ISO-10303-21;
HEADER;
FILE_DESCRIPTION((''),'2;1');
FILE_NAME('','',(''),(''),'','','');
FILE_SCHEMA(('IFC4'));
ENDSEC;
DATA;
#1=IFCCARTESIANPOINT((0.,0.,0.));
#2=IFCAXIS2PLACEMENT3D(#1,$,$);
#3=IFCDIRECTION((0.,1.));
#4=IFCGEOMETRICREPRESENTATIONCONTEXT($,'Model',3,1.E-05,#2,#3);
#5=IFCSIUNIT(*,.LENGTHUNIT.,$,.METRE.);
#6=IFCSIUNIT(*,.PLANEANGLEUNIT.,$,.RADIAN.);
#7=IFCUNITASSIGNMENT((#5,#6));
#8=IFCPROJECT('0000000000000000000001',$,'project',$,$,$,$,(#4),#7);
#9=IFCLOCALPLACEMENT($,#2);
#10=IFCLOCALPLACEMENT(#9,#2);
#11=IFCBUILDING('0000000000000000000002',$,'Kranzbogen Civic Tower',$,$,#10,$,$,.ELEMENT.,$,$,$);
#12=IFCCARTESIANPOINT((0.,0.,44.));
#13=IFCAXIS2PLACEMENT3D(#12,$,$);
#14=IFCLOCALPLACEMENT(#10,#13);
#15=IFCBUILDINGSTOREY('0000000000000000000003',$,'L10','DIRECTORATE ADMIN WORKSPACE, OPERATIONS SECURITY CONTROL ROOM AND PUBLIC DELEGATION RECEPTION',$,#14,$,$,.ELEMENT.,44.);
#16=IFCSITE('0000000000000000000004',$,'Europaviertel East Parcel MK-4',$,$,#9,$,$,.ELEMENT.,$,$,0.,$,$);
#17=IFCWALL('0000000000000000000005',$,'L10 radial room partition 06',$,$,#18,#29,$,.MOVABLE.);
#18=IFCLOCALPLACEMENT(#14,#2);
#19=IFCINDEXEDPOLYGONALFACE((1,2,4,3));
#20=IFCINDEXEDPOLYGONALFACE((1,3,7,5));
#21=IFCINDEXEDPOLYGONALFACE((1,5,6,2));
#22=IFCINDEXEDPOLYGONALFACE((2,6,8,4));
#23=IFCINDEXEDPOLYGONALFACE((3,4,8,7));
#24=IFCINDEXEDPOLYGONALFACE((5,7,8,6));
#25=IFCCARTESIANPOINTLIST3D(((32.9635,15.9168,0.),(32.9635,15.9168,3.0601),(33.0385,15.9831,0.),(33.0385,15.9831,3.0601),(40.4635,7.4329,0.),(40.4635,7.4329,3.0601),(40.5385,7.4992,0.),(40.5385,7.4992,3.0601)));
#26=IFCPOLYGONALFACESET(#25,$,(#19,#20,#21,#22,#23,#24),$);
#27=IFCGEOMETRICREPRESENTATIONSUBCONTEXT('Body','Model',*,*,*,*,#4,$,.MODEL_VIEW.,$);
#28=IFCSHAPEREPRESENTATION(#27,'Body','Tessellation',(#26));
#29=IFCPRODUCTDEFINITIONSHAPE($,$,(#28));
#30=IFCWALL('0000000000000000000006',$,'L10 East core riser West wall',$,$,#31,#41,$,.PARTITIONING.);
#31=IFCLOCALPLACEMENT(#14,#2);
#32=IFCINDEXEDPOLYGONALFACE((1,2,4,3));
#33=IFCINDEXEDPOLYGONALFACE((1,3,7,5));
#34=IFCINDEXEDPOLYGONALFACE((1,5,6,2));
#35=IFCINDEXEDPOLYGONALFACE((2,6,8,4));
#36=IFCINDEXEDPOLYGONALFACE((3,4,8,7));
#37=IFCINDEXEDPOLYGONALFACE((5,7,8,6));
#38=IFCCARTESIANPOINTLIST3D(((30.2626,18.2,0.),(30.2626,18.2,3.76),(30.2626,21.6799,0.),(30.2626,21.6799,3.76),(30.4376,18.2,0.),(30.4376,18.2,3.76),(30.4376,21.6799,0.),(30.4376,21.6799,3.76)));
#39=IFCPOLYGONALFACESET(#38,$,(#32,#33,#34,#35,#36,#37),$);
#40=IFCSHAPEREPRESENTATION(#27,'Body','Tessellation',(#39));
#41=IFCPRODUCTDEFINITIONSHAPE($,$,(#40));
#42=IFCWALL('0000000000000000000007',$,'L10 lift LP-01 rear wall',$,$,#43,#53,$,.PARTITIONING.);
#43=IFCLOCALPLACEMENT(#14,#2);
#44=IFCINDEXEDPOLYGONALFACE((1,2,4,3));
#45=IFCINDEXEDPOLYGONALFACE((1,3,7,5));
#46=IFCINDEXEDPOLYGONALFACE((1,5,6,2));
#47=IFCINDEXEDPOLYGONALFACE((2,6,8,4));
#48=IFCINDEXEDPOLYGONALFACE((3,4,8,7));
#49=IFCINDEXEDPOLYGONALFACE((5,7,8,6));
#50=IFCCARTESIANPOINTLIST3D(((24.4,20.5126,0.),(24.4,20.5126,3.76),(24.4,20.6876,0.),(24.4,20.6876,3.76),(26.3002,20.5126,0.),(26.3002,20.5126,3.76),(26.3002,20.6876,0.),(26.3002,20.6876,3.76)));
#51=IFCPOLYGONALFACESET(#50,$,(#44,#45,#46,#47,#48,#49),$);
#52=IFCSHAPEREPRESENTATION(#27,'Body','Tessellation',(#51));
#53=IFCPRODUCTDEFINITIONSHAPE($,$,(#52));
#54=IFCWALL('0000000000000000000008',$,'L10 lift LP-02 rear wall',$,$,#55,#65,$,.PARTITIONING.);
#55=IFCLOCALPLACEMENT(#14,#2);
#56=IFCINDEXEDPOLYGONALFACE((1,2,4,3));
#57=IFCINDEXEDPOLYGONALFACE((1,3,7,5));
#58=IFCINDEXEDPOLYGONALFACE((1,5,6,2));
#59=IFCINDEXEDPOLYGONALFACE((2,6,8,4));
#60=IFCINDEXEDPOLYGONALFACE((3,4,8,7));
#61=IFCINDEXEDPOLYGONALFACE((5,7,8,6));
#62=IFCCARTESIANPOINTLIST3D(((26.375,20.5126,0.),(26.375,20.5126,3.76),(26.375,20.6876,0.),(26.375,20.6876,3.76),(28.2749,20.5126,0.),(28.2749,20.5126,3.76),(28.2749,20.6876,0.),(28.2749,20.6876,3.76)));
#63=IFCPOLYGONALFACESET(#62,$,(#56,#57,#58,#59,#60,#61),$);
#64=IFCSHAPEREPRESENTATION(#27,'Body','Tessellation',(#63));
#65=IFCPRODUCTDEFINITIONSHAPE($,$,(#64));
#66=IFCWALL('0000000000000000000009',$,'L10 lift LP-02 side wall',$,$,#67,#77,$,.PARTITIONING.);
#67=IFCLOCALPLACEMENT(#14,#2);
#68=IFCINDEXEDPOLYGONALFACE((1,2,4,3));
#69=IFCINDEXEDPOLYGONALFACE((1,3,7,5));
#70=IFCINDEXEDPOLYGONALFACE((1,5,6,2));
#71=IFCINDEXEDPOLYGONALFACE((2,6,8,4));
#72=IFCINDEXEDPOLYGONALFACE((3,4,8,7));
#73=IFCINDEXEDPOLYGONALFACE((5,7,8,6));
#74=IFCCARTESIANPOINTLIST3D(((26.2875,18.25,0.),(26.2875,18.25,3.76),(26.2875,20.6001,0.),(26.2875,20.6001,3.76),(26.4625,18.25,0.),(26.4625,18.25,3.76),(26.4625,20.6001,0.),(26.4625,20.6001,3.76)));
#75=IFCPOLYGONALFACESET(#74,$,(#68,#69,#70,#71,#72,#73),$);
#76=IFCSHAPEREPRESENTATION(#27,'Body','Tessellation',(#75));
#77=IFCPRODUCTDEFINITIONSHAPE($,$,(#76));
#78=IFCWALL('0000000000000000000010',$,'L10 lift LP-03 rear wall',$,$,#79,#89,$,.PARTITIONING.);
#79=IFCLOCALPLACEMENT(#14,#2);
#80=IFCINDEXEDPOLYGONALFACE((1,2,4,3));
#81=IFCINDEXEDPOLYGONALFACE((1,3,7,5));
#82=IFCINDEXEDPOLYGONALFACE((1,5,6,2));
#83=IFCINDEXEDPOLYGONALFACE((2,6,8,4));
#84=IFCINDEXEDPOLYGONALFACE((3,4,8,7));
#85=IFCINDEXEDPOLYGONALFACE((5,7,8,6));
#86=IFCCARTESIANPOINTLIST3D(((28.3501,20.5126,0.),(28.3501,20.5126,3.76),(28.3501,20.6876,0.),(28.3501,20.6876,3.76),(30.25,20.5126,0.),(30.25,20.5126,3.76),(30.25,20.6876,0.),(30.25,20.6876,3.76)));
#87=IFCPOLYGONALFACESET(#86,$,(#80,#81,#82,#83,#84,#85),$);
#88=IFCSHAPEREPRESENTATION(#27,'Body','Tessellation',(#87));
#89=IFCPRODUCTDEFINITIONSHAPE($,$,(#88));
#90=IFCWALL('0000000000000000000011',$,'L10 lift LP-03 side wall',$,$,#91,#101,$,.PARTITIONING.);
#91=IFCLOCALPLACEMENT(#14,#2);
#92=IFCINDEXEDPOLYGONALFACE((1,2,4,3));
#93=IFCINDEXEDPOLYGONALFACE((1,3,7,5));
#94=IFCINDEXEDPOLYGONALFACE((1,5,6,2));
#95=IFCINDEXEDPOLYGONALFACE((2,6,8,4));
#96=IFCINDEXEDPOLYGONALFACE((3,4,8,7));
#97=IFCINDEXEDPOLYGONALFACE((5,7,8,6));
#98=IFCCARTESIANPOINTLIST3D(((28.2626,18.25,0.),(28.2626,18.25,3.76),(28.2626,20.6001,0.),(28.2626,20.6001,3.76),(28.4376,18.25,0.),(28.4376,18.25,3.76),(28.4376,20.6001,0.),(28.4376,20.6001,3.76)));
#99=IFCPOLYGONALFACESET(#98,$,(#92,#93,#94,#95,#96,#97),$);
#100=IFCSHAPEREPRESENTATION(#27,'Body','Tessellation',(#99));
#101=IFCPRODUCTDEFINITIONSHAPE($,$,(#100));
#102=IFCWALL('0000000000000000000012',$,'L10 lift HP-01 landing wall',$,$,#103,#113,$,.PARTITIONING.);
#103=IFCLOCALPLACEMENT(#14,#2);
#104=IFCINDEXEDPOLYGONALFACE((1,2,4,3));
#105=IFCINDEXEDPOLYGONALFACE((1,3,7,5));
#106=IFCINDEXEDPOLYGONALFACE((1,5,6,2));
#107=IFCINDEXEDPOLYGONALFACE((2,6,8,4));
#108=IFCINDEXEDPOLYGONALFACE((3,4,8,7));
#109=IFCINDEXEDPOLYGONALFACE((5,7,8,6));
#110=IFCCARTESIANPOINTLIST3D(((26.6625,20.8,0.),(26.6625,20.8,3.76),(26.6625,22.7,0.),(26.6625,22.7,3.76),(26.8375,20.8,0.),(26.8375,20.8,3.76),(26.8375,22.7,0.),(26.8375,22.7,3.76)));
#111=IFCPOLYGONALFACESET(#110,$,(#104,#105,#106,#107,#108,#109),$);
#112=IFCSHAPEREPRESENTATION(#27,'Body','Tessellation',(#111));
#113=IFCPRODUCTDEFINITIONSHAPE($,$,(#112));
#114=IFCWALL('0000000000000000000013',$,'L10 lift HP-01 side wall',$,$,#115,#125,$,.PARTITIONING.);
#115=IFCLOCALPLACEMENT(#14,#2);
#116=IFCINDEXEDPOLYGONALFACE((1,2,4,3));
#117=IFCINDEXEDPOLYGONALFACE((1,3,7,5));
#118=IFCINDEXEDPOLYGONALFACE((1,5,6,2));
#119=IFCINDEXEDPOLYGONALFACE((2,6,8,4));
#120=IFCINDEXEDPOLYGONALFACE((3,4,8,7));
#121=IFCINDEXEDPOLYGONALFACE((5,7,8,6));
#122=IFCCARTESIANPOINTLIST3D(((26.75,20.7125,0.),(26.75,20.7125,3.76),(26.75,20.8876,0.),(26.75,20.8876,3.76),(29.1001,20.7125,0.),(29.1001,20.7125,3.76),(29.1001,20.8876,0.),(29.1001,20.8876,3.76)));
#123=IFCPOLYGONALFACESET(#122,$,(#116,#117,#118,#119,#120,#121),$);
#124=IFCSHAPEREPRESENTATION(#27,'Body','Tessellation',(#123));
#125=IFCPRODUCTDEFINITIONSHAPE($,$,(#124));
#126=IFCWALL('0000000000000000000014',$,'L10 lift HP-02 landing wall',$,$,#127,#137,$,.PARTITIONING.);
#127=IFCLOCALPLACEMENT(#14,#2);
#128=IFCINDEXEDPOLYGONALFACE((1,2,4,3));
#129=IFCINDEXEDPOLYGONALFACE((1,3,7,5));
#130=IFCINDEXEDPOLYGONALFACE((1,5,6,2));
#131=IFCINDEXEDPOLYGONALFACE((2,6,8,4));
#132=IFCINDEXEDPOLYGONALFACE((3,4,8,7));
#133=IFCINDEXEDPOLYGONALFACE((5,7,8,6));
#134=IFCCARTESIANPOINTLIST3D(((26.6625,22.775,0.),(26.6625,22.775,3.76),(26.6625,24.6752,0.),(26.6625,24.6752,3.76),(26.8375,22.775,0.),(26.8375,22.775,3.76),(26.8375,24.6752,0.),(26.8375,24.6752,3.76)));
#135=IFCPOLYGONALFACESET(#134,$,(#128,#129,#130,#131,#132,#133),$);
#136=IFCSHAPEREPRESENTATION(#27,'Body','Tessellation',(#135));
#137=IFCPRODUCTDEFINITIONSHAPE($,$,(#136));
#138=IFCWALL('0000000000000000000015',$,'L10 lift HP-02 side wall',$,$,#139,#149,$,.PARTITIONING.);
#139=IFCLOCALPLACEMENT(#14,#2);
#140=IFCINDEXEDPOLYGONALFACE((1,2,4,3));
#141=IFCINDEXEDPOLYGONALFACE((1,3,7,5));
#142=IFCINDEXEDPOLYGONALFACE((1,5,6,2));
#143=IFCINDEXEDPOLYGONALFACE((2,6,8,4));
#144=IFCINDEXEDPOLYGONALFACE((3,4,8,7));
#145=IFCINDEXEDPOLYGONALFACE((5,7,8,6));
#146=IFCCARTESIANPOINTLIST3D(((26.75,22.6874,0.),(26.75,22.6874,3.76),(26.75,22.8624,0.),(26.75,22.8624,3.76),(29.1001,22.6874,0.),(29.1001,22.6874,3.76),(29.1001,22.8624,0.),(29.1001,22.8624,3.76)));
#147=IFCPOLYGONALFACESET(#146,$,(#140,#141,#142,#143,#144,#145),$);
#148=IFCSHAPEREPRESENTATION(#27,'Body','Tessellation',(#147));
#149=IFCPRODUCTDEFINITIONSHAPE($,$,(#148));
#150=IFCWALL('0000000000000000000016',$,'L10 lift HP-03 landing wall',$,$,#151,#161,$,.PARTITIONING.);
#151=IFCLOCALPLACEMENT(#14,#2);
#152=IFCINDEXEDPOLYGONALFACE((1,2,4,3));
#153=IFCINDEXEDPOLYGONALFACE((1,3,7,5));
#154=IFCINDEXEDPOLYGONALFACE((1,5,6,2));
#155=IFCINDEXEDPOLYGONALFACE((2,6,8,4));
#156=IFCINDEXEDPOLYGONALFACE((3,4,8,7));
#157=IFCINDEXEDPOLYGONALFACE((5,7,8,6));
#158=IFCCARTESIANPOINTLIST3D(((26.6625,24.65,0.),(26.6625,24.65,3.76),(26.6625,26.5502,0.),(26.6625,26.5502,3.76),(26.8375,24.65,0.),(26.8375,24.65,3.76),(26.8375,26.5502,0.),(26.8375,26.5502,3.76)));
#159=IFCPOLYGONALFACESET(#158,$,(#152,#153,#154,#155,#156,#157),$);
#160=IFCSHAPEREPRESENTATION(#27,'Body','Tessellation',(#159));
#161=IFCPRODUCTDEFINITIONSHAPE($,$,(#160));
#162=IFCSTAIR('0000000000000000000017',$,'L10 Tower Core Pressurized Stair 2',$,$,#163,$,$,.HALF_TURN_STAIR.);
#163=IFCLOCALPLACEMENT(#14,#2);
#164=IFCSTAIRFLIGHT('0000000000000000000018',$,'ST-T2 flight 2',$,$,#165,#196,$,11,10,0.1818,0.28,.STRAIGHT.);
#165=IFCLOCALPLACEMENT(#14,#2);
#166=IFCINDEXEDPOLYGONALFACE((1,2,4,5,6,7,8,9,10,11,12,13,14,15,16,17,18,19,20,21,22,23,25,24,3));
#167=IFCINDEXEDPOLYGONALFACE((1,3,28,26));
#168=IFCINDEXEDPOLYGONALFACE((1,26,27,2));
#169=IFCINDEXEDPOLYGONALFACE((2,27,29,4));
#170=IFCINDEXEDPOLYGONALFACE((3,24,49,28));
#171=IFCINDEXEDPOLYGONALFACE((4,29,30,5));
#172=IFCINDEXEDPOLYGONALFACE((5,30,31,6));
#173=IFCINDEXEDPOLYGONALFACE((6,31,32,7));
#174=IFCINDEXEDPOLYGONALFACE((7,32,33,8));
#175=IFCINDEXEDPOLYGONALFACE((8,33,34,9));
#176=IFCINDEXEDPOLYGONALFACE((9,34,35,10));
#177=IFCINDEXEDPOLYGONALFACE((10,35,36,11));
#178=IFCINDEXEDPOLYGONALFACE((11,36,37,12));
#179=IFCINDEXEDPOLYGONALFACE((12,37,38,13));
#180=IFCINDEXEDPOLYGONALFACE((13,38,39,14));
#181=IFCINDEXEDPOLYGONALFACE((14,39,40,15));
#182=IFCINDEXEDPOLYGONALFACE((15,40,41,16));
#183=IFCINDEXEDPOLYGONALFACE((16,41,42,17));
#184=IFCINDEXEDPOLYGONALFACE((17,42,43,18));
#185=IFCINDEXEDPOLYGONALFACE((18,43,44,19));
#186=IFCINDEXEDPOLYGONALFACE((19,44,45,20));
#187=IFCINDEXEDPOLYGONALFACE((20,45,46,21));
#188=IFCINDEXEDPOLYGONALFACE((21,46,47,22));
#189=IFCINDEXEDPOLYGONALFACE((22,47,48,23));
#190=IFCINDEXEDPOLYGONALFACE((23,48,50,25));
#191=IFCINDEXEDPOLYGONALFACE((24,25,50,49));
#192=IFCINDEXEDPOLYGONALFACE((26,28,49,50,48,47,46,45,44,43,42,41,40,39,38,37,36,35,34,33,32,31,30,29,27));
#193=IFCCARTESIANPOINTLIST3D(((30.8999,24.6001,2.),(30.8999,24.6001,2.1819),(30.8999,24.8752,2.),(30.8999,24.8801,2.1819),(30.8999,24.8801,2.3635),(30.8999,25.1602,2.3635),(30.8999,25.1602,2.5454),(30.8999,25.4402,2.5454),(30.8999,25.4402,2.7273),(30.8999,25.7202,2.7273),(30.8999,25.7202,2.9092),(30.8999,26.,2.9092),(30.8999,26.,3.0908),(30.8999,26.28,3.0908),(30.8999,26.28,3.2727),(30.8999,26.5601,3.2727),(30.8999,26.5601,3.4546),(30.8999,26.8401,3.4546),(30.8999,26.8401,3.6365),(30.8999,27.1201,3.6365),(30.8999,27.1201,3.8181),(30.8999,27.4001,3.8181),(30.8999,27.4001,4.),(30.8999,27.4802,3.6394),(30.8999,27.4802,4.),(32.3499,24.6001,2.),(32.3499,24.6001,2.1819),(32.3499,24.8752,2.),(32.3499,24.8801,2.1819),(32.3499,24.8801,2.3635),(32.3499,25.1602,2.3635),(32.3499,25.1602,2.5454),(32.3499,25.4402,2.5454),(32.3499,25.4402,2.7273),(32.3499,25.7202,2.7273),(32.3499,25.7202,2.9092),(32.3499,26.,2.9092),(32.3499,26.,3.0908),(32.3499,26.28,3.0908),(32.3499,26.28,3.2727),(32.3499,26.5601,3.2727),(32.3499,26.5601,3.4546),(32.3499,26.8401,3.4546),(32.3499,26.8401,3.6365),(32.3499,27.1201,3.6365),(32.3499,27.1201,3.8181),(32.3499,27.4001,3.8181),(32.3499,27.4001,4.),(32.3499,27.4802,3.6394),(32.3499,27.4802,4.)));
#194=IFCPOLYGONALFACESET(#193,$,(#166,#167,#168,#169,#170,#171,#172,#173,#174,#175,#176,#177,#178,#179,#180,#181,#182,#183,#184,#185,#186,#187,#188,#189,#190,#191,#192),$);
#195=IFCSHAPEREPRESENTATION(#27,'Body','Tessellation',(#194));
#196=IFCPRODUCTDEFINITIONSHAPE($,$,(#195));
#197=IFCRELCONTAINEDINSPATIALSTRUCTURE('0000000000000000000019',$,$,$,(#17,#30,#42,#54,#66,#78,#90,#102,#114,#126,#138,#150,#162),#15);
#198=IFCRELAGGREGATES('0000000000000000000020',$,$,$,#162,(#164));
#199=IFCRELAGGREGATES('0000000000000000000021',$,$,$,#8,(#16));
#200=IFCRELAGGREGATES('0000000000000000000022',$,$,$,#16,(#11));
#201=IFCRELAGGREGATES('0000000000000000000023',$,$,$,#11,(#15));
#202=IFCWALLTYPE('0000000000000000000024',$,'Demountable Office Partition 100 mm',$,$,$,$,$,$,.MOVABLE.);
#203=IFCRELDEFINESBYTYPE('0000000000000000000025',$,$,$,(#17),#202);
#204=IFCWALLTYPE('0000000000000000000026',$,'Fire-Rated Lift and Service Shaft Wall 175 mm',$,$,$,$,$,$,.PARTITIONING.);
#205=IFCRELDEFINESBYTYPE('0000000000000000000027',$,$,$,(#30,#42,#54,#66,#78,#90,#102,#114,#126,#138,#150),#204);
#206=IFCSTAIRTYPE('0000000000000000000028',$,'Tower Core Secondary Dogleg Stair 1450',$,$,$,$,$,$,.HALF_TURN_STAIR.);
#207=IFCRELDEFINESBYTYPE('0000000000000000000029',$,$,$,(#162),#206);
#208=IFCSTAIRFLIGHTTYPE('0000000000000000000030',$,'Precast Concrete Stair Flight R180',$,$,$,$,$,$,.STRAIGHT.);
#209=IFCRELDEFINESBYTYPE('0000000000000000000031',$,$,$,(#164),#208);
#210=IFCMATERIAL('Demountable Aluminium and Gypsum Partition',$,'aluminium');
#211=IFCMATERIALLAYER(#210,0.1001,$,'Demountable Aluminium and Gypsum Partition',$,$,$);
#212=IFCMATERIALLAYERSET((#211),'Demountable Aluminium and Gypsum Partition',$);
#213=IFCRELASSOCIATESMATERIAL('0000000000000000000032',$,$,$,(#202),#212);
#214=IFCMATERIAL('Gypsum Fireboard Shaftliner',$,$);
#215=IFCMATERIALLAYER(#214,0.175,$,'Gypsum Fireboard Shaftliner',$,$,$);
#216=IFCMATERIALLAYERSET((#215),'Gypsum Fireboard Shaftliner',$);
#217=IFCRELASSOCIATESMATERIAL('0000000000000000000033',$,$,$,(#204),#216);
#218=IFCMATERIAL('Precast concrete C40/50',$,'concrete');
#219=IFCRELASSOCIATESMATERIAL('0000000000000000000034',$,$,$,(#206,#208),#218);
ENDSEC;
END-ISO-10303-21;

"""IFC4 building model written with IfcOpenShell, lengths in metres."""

from ifc_helpers import new_model, si_unit, direction, frame, frame_2d, origin, place, context, subcontext, project, spatial, polyline, rectangle, outline, extrude, material, layer, layer_set, type_object, element, aggregate, save


model = new_model("IFC4")

# Units and contexts
model_context = context("Model", 3, precision=1e-05, world=origin(), true_north=direction((0.0, 1.0)))
body_context = subcontext(model_context, "Body", "Model", "MODEL_VIEW")
ifc_project = project(units=[si_unit("LENGTHUNIT", "METRE"), si_unit("PLANEANGLEUNIT", "RADIAN")], contexts=[model_context])

# Site, building, storey
site_placement = place(None, origin())
site = spatial("IfcSite", under=ifc_project, at=site_placement, Name="Europaviertel East Parcel MK-4", CompositionType="ELEMENT", RefElevation=0.0)
building_placement = place(site_placement, origin())
building = spatial("IfcBuilding", under=site, at=building_placement, Name="Kranzbogen Civic Tower", CompositionType="ELEMENT")
storey_placement = place(building_placement, frame((0.0, 0.0, 44.0)))
storey = spatial("IfcBuildingStorey", under=building, at=storey_placement, Name="L10", Description="DIRECTORATE ADMIN WORKSPACE, OPERATIONS SECURITY CONTROL ROOM AND PUBLIC DELEGATION RECEPTION", CompositionType="ELEMENT", Elevation=44.0)

# Walls
ifc_material_1 = material(Name="Demountable Aluminium and Gypsum Partition", Category="aluminium")
ifc_layer_1 = layer(ifc_material_1, 0.1001, Name="Demountable Aluminium and Gypsum Partition")
ifc_layer_set_1 = layer_set([ifc_layer_1], Name="Demountable Aluminium and Gypsum Partition")
wall_type_1 = type_object("IfcWallType", Name="Demountable Office Partition 100 mm", PredefinedType="MOVABLE", material=ifc_layer_set_1)
wall_1_placement = place(storey_placement, frame((33.001, 15.95, 0.0), z_axis=(0.0, 0.0, 1.0), x_axis=(0.662327, -0.749215, 0.0)))
element("IfcWall", 1, at=wall_1_placement, inside=storey, type_object=wall_type_1, Name="L10 radial room partition 06", PredefinedType="MOVABLE", context=body_context, shape_type="SweptSolid", body=[
    extrude(rectangle(XDim=11.3237, YDim=0.1001, at=frame_2d((5.6619, 0.0))), origin(), (0.0, 0.0, 1.0), 3.0601),
])
ifc_material_2 = material(Name="Gypsum Fireboard Shaftliner")
ifc_layer_2 = layer(ifc_material_2, 0.175, Name="Gypsum Fireboard Shaftliner")
ifc_layer_set_2 = layer_set([ifc_layer_2], Name="Gypsum Fireboard Shaftliner")
wall_type_2 = type_object("IfcWallType", Name="Fire-Rated Lift and Service Shaft Wall 175 mm", PredefinedType="PARTITIONING", material=ifc_layer_set_2)
wall_2_placement = place(storey_placement, frame((30.3501, 18.2, 0.0), z_axis=(0.0, 0.0, 1.0), x_axis=(0.0, 1.0, 0.0)))
element("IfcWall", 2, at=wall_2_placement, inside=storey, type_object=wall_type_2, Name="L10 East core riser West wall", PredefinedType="PARTITIONING", context=body_context, shape_type="SweptSolid", body=[
    extrude(rectangle(XDim=3.48, YDim=0.175, at=frame_2d((1.74, 0.0))), origin(), (0.0, 0.0, 1.0), 3.76),
])
wall_3_placement = place(storey_placement, frame((24.3999, 20.6001, 0.0), z_axis=(0.0, 0.0, 1.0), x_axis=(1.0, 0.0, 0.0)))
element("IfcWall", 3, at=wall_3_placement, inside=storey, type_object=wall_type_2, Name="L10 lift LP-01 rear wall", PredefinedType="PARTITIONING", context=body_context, shape_type="SweptSolid", body=[
    extrude(rectangle(XDim=1.9001, YDim=0.175, at=frame_2d((0.9502, 0.0))), origin(), (0.0, 0.0, 1.0), 3.76),
])
wall_4_placement = place(storey_placement, frame((26.375, 20.6001, 0.0), z_axis=(0.0, 0.0, 1.0), x_axis=(1.0, 0.0, 0.0)))
element("IfcWall", 4, at=wall_4_placement, inside=storey, type_object=wall_type_2, Name="L10 lift LP-02 rear wall", PredefinedType="PARTITIONING", context=body_context, shape_type="SweptSolid", body=[
    extrude(rectangle(XDim=1.8999, YDim=0.175, at=frame_2d((0.95, 0.0))), origin(), (0.0, 0.0, 1.0), 3.76),
])
wall_5_placement = place(storey_placement, frame((26.375, 18.25, 0.0), z_axis=(0.0, 0.0, 1.0), x_axis=(0.0, 1.0, 0.0)))
element("IfcWall", 5, at=wall_5_placement, inside=storey, type_object=wall_type_2, Name="L10 lift LP-02 side wall", PredefinedType="PARTITIONING", context=body_context, shape_type="SweptSolid", body=[
    extrude(rectangle(XDim=2.3501, YDim=0.175, at=frame_2d((1.175, 0.0))), origin(), (0.0, 0.0, 1.0), 3.76),
])
wall_6_placement = place(storey_placement, frame((28.3501, 20.6001, 0.0), z_axis=(0.0, 0.0, 1.0), x_axis=(1.0, 0.0, 0.0)))
element("IfcWall", 6, at=wall_6_placement, inside=storey, type_object=wall_type_2, Name="L10 lift LP-03 rear wall", PredefinedType="PARTITIONING", context=body_context, shape_type="SweptSolid", body=[
    extrude(rectangle(XDim=1.8999, YDim=0.175, at=frame_2d((0.95, 0.0))), origin(), (0.0, 0.0, 1.0), 3.76),
])
wall_7_placement = place(storey_placement, frame((28.3501, 18.25, 0.0), z_axis=(0.0, 0.0, 1.0), x_axis=(0.0, 1.0, 0.0)))
element("IfcWall", 7, at=wall_7_placement, inside=storey, type_object=wall_type_2, Name="L10 lift LP-03 side wall", PredefinedType="PARTITIONING", context=body_context, shape_type="SweptSolid", body=[
    extrude(rectangle(XDim=2.3501, YDim=0.175, at=frame_2d((1.175, 0.0))), origin(), (0.0, 0.0, 1.0), 3.76),
])
wall_8_placement = place(storey_placement, frame((26.75, 20.8, 0.0), z_axis=(0.0, 0.0, 1.0), x_axis=(0.0, 1.0, 0.0)))
element("IfcWall", 8, at=wall_8_placement, inside=storey, type_object=wall_type_2, Name="L10 lift HP-01 landing wall", PredefinedType="PARTITIONING", context=body_context, shape_type="SweptSolid", body=[
    extrude(rectangle(XDim=1.8999, YDim=0.175, at=frame_2d((0.95, 0.0))), origin(), (0.0, 0.0, 1.0), 3.76),
])
wall_9_placement = place(storey_placement, frame((26.75, 20.8, 0.0), z_axis=(0.0, 0.0, 1.0), x_axis=(1.0, 0.0, 0.0)))
element("IfcWall", 9, at=wall_9_placement, inside=storey, type_object=wall_type_2, Name="L10 lift HP-01 side wall", PredefinedType="PARTITIONING", context=body_context, shape_type="SweptSolid", body=[
    extrude(rectangle(XDim=2.3501, YDim=0.175, at=frame_2d((1.175, 0.0))), origin(), (0.0, 0.0, 1.0), 3.76),
])
wall_10_placement = place(storey_placement, frame((26.75, 22.7749, 0.0), z_axis=(0.0, 0.0, 1.0), x_axis=(0.0, 1.0, 0.0)))
element("IfcWall", 10, at=wall_10_placement, inside=storey, type_object=wall_type_2, Name="L10 lift HP-02 landing wall", PredefinedType="PARTITIONING", context=body_context, shape_type="SweptSolid", body=[
    extrude(rectangle(XDim=1.9001, YDim=0.175, at=frame_2d((0.9502, 0.0))), origin(), (0.0, 0.0, 1.0), 3.76),
])
wall_11_placement = place(storey_placement, frame((26.75, 22.7749, 0.0), z_axis=(0.0, 0.0, 1.0), x_axis=(1.0, 0.0, 0.0)))
element("IfcWall", 11, at=wall_11_placement, inside=storey, type_object=wall_type_2, Name="L10 lift HP-02 side wall", PredefinedType="PARTITIONING", context=body_context, shape_type="SweptSolid", body=[
    extrude(rectangle(XDim=2.3501, YDim=0.175, at=frame_2d((1.175, 0.0))), origin(), (0.0, 0.0, 1.0), 3.76),
])
wall_12_placement = place(storey_placement, frame((26.75, 24.6499, 0.0), z_axis=(0.0, 0.0, 1.0), x_axis=(0.0, 1.0, 0.0)))
element("IfcWall", 12, at=wall_12_placement, inside=storey, type_object=wall_type_2, Name="L10 lift HP-03 landing wall", PredefinedType="PARTITIONING", context=body_context, shape_type="SweptSolid", body=[
    extrude(rectangle(XDim=1.9001, YDim=0.175, at=frame_2d((0.9502, 0.0))), origin(), (0.0, 0.0, 1.0), 3.76),
])

# Stair, stair flight
ifc_material_3 = material(Name="Precast concrete C40/50", Category="concrete")
stair_type = type_object("IfcStairType", Name="Tower Core Secondary Dogleg Stair 1450", PredefinedType="HALF_TURN_STAIR", material=ifc_material_3)
stair_placement = place(storey_placement, origin())
stair = element("IfcStair", 13, at=stair_placement, inside=storey, type_object=stair_type, Name="L10 Tower Core Pressurized Stair 2", PredefinedType="HALF_TURN_STAIR")
stair_flight_type = type_object("IfcStairFlightType", Name="Precast Concrete Stair Flight R180", PredefinedType="STRAIGHT", material=ifc_material_3)
stair_flight_placement = place(storey_placement, frame((31.625, 24.6001, 2.0), z_axis=(0.0, 0.0, 1.0), x_axis=(0.0, 1.0, 0.0)))
stair_flight = element("IfcStairFlight", 14, at=stair_flight_placement, type_object=stair_flight_type, Name="ST-T2 flight 2", NumberOfRisers=11, NumberOfTreads=10, PredefinedType="STRAIGHT", RiserHeight=0.1818, TreadLength=0.28, context=body_context, shape_type="SweptSolid", body=[
    extrude(outline(polyline([(0.0, 0.0), (0.0, 0.1819), (0.28, 0.1819), (0.28, 0.3635), (0.5601, 0.3635), (0.5601, 0.5454), (0.8401, 0.5454), (0.8401, 0.7273), (1.1201, 0.7273), (1.1201, 0.9092), (1.3999, 0.9092), (1.3999, 1.0908), (1.6799, 1.0908), (1.6799, 1.2727), (1.96, 1.2727), (1.96, 1.4546), (2.24, 1.4546), (2.24, 1.6365), (2.52, 1.6365), (2.52, 1.8181), (2.8, 1.8181), (2.8, 2.0), (2.8801, 2.0), (2.8801, 1.6394), (0.2751, 0.0), (0.0, 0.0)])), frame((0.0, 0.7251, 0.0), z_axis=(0.0, -1.0, 0.0), x_axis=(1.0, 0.0, 0.0)), (0.0, 0.0, 1.0), 1.45),
])
aggregate(stair, [stair_flight])

save(model, "model.ifc")
